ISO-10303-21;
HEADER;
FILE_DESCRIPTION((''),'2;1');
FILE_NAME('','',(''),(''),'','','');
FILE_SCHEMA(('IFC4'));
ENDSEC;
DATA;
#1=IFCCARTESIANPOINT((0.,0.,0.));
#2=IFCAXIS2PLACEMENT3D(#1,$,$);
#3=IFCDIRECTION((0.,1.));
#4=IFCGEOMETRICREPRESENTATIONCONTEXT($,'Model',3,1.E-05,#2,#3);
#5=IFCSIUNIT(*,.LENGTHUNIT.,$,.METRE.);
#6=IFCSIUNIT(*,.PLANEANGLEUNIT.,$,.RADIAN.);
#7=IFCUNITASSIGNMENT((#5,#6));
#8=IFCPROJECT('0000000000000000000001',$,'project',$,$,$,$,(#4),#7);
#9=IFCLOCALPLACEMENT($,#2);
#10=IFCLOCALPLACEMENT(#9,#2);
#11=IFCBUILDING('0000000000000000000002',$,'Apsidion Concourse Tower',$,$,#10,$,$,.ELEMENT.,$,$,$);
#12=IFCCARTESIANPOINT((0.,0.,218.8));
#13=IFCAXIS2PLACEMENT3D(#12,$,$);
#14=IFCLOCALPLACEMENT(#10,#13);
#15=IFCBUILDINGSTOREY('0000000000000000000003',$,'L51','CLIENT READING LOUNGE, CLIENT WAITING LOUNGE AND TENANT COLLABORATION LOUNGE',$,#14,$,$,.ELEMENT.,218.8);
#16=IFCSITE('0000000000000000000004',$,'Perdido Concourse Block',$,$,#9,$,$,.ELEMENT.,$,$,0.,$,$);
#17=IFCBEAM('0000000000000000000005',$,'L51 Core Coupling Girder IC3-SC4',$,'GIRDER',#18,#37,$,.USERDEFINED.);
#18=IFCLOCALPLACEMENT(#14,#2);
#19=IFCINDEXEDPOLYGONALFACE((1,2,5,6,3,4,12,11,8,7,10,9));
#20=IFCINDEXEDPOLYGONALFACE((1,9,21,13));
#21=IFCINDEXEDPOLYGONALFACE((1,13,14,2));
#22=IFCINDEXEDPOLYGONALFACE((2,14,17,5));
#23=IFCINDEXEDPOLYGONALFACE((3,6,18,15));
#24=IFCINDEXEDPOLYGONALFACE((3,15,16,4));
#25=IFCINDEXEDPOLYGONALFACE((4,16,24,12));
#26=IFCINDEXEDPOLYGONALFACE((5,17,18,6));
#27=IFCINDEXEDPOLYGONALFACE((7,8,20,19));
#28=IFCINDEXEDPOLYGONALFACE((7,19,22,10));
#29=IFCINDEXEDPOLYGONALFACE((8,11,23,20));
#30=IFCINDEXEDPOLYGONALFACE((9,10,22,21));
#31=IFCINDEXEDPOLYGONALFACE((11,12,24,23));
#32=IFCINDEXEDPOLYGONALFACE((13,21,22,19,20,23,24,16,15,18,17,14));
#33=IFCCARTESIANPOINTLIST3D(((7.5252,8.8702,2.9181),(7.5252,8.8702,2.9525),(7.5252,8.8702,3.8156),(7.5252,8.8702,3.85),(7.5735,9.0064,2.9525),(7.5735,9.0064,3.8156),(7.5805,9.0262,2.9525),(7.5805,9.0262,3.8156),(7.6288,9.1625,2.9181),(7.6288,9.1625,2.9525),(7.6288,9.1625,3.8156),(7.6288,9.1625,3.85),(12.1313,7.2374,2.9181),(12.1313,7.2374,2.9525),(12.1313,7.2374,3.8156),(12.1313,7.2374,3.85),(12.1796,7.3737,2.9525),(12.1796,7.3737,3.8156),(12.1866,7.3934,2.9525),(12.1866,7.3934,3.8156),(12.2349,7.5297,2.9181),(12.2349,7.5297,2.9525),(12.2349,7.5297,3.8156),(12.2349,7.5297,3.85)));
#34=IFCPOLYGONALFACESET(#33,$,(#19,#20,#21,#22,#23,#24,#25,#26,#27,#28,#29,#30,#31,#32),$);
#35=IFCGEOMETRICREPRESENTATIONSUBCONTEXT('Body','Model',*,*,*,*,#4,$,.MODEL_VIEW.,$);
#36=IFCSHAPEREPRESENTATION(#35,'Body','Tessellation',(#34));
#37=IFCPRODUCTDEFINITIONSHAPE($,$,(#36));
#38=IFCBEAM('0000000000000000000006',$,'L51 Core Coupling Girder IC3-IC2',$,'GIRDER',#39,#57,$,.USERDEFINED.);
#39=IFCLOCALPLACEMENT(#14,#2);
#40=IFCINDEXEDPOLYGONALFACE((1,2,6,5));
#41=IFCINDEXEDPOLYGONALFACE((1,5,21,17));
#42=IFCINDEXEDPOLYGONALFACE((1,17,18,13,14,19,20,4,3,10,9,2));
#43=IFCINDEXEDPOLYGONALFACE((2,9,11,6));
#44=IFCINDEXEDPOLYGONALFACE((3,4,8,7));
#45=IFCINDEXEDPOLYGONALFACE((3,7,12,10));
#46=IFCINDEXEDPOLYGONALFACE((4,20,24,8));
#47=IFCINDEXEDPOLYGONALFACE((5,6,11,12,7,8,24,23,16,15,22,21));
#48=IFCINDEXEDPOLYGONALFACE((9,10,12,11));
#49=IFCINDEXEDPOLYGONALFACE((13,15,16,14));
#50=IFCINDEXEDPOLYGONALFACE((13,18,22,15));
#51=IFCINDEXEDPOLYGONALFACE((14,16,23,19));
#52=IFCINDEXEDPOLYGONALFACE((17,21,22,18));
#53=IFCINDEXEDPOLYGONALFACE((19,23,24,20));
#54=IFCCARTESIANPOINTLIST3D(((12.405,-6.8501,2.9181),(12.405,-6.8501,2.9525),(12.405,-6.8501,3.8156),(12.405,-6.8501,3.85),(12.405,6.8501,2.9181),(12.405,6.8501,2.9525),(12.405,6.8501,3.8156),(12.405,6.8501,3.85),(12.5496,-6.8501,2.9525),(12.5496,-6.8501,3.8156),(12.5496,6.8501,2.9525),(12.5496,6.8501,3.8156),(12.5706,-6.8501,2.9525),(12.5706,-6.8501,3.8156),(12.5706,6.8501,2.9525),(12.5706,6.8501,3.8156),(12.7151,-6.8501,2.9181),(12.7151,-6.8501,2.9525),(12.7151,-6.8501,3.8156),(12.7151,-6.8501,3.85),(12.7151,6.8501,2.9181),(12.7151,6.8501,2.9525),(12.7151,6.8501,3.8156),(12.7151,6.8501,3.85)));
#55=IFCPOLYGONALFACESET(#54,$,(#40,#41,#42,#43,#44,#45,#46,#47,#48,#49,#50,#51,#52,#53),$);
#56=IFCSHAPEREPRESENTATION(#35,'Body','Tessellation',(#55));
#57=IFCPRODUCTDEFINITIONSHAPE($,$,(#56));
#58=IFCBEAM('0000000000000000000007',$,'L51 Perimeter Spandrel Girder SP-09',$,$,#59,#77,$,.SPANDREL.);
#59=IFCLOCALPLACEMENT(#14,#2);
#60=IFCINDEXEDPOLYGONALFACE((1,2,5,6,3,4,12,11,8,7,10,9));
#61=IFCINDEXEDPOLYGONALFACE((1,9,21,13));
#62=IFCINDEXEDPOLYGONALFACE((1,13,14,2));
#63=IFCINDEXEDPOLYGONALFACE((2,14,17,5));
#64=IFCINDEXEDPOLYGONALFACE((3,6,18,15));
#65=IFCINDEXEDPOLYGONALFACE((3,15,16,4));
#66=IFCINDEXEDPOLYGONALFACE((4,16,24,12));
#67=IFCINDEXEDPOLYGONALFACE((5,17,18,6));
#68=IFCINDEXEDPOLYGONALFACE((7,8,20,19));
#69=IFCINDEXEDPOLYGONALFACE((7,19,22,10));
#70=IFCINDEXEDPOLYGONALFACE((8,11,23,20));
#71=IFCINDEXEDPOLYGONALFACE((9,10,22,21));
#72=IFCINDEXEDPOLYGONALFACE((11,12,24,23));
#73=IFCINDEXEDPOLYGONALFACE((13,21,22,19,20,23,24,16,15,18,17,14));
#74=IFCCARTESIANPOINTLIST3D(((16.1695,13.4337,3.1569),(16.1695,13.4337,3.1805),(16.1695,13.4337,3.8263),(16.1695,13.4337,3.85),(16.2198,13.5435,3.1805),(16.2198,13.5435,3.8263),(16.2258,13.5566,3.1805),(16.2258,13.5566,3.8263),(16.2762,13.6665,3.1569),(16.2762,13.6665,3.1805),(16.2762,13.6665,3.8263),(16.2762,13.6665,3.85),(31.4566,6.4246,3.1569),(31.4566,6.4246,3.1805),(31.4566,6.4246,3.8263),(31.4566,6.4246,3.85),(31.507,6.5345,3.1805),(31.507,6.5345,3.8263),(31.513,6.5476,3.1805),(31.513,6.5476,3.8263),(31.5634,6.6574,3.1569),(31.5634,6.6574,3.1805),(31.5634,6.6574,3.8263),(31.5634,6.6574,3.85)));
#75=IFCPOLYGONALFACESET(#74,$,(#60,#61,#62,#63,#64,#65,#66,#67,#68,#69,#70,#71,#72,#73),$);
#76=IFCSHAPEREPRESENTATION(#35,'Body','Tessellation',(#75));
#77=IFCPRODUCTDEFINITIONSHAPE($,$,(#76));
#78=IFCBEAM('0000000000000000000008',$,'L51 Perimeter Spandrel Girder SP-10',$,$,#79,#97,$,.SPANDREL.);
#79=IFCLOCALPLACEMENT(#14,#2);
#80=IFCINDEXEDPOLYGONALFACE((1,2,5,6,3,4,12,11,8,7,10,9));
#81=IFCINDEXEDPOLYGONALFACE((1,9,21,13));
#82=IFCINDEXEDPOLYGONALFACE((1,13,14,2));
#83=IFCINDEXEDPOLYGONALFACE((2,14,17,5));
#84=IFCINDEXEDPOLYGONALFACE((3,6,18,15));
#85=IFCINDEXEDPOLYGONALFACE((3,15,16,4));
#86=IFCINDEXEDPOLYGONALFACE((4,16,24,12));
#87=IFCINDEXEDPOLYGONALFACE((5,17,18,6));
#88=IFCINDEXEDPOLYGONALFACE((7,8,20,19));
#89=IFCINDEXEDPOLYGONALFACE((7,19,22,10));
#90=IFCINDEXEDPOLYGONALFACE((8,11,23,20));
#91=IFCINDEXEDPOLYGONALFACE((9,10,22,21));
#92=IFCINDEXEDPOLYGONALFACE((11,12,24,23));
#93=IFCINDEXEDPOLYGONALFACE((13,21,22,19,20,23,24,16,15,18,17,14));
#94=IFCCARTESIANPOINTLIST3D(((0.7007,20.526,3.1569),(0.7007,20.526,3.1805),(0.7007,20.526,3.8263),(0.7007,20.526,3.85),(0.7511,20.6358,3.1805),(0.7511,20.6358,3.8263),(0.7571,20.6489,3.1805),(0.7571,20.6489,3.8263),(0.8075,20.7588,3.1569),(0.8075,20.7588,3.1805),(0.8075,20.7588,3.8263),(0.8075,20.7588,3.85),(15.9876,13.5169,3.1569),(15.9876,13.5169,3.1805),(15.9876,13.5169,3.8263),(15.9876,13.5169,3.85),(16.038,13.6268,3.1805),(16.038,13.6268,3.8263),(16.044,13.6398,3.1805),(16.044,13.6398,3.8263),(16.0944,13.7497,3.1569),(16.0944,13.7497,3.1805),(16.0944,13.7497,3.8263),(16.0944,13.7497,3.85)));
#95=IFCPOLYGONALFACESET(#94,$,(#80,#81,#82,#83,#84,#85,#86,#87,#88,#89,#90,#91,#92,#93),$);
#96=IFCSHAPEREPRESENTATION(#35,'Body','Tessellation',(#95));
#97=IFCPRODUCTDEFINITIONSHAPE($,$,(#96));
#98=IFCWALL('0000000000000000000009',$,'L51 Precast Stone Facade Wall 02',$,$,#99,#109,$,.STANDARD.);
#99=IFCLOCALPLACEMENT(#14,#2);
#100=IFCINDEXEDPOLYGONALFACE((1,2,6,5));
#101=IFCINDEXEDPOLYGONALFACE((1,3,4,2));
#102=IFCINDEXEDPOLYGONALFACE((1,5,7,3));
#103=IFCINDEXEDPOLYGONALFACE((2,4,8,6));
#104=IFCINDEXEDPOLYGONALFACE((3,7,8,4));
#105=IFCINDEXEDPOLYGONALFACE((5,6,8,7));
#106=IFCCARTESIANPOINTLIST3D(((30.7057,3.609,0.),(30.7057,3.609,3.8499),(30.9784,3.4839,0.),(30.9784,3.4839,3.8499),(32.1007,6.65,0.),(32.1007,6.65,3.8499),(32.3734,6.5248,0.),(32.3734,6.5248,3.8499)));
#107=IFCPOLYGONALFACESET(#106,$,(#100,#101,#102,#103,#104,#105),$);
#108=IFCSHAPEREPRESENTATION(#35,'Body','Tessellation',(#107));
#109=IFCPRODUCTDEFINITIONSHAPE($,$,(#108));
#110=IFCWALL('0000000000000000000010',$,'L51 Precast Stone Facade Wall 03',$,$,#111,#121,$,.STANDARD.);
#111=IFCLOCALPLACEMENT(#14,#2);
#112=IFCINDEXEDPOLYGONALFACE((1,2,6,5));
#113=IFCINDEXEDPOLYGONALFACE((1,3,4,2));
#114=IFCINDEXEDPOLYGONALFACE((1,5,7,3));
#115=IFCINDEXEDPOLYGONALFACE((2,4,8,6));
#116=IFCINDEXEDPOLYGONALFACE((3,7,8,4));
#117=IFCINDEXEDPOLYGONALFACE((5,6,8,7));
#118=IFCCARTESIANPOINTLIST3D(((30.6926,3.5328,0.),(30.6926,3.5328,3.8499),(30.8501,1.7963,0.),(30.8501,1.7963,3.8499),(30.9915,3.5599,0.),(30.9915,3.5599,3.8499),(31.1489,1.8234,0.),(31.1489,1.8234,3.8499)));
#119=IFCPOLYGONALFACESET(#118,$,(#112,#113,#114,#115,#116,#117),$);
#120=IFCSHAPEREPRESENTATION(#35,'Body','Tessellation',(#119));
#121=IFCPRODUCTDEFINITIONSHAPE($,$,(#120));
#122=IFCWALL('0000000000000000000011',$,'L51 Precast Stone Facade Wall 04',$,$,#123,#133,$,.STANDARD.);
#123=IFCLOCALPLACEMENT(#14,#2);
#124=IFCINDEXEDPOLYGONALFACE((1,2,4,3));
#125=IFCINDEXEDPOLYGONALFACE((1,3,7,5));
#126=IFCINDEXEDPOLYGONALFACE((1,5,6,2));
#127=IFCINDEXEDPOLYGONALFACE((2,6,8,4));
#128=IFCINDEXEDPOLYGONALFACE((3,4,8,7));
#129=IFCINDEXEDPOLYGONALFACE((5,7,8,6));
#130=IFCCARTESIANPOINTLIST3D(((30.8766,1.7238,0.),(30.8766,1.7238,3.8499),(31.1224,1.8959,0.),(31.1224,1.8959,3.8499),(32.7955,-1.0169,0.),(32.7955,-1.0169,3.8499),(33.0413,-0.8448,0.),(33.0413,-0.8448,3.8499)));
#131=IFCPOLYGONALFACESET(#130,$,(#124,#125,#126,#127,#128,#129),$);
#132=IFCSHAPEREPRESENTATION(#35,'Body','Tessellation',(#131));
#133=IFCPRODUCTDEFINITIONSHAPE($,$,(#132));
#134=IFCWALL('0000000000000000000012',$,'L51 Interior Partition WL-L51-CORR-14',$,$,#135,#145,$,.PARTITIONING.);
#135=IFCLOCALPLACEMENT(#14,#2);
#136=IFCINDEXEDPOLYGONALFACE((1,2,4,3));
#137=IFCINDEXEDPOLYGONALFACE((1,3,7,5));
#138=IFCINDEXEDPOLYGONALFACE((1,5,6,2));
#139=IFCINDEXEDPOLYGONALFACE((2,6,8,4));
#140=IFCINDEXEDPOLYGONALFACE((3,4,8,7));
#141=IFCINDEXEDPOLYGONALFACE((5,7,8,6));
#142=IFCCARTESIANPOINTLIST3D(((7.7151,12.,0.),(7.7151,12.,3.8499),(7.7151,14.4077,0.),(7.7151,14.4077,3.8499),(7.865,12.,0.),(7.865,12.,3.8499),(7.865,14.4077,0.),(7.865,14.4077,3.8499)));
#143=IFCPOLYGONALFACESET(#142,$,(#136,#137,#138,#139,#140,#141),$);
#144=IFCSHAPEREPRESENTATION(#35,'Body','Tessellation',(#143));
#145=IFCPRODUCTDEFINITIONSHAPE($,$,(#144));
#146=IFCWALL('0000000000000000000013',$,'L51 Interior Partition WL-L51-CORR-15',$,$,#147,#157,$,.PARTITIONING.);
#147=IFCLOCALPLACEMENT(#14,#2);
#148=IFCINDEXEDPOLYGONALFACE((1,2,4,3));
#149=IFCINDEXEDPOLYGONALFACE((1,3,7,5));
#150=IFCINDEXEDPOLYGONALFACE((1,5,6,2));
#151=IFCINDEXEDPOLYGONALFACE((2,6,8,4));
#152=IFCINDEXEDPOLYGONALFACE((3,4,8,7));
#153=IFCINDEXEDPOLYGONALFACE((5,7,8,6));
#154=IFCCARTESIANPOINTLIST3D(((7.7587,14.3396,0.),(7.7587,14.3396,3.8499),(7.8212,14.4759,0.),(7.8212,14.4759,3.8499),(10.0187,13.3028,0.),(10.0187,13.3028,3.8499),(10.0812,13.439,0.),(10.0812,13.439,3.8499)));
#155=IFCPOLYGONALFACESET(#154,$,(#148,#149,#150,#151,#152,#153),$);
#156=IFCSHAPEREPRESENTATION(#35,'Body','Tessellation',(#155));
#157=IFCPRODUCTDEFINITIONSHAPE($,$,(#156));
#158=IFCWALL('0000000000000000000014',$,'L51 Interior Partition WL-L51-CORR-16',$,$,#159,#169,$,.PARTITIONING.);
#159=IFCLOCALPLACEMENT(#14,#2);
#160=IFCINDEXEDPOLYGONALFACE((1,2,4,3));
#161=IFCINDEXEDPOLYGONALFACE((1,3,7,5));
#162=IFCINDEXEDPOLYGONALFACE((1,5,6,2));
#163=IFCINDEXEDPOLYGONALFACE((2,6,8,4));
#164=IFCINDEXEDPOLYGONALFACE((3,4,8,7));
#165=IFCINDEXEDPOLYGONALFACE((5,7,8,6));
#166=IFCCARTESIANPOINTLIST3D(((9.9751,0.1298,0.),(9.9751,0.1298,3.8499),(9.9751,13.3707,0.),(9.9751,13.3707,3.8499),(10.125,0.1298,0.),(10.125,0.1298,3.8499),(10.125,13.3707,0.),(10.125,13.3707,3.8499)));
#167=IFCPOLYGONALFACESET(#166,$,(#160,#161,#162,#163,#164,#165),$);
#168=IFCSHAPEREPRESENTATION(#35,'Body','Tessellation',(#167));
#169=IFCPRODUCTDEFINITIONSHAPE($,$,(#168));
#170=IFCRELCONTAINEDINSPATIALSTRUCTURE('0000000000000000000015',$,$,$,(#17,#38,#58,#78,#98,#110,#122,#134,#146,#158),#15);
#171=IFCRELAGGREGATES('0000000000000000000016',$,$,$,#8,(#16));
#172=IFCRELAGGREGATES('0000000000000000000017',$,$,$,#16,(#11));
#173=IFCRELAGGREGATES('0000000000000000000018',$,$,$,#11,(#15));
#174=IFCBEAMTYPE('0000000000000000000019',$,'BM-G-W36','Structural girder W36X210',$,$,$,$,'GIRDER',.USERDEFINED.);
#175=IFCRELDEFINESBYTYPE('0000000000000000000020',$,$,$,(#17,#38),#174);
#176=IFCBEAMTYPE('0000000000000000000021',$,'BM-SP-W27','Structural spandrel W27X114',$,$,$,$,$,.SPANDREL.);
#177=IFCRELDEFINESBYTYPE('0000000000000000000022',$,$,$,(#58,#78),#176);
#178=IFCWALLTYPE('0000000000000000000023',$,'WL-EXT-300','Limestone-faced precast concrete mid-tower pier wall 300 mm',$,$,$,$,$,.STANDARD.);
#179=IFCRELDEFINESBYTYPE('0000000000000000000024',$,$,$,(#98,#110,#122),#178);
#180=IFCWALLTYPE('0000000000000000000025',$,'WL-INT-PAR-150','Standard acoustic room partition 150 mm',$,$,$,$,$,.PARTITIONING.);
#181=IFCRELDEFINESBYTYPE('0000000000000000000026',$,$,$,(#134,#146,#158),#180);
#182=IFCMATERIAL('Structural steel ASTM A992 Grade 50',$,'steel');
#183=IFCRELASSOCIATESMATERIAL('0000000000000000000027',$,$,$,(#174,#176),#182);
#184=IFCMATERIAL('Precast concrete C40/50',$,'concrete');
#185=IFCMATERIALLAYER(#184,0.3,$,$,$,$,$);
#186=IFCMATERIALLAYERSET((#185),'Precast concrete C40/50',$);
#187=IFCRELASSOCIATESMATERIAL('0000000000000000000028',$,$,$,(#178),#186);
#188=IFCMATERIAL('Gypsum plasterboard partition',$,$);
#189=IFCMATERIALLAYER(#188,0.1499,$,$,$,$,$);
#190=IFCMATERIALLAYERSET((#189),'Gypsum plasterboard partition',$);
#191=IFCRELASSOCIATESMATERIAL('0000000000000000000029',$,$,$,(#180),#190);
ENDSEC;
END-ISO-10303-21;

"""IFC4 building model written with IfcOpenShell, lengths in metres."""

from ifc_helpers import new_model, si_unit, direction, frame, frame_2d, origin, origin_2d, place, context, subcontext, project, spatial, rectangle, i_section, extrude, material, layer, layer_set, material_profile, profile_set, type_object, element, save


model = new_model("IFC4")

# Units and contexts
model_context = context("Model", 3, precision=1e-05, world=origin(), true_north=direction((0.0, 1.0)))
body_context = subcontext(model_context, "Body", "Model", "MODEL_VIEW")
ifc_project = project(units=[si_unit("LENGTHUNIT", "METRE"), si_unit("PLANEANGLEUNIT", "RADIAN")], contexts=[model_context])

# Site, building, storey
site_placement = place(None, origin())
site = spatial("IfcSite", under=ifc_project, at=site_placement, Name="Perdido Concourse Block", CompositionType="ELEMENT", RefElevation=0.0)
building_placement = place(site_placement, origin())
building = spatial("IfcBuilding", under=site, at=building_placement, Name="Apsidion Concourse Tower", CompositionType="ELEMENT")
storey_placement = place(building_placement, frame((0.0, 0.0, 218.8)))
storey = spatial("IfcBuildingStorey", under=building, at=storey_placement, Name="L51", Description="CLIENT READING LOUNGE, CLIENT WAITING LOUNGE AND TENANT COLLABORATION LOUNGE", CompositionType="ELEMENT", Elevation=218.8)

# Shared definitions
ifc_material_1 = material(Name="Structural steel ASTM A992 Grade 50", Category="steel")

# Beams
ifc_material_profile_1 = material_profile(ifc_material_1, i_section(OverallWidth=0.3101, OverallDepth=0.9319, WebThickness=0.021, FlangeThickness=0.0344, at=origin_2d()), Name="W36X210")
ifc_profile_set_1 = profile_set([ifc_material_profile_1], Name="Structural steel ASTM A992 Grade 50")
beam_type_1 = type_object("IfcBeamType", Name="BM-G-W36", Description="Structural girder W36X210", ElementType="GIRDER", PredefinedType="USERDEFINED", material=ifc_profile_set_1)
beam_1_placement = place(storey_placement, frame((12.1831, 7.3835, 3.384), z_axis=(-0.942534, 0.334111, 0.0), x_axis=(-0.334111, -0.942534, 0.0)))
element("IfcBeam", 1, at=beam_1_placement, inside=storey, type_object=beam_type_1, Name="L51 Core Coupling Girder IC3-SC4", ObjectType="GIRDER", PredefinedType="USERDEFINED", context=body_context, shape_type="SweptSolid", body=[
    extrude(i_section(OverallWidth=0.3101, OverallDepth=0.9319, WebThickness=0.021, FlangeThickness=0.0344, at=origin_2d()), origin(), (0.0, 0.0, 1.0), 4.887),
])
beam_2_placement = place(storey_placement, frame((12.5601, 6.8501, 3.384), z_axis=(0.0, -1.0, 0.0), x_axis=(1.0, 0.0, 0.0)))
element("IfcBeam", 2, at=beam_2_placement, inside=storey, type_object=beam_type_1, Name="L51 Core Coupling Girder IC3-IC2", ObjectType="GIRDER", PredefinedType="USERDEFINED", context=body_context, shape_type="SweptSolid", body=[
    extrude(i_section(OverallWidth=0.3101, OverallDepth=0.9319, WebThickness=0.021, FlangeThickness=0.0344, at=origin_2d()), origin(), (0.0, 0.0, 1.0), 13.7002),
])
ifc_material_profile_2 = material_profile(ifc_material_1, i_section(OverallWidth=0.2561, OverallDepth=0.6931, WebThickness=0.0144, FlangeThickness=0.0237, at=origin_2d()), Name="W27X114")
ifc_profile_set_2 = profile_set([ifc_material_profile_2], Name="Structural steel ASTM A992 Grade 50")
beam_type_2 = type_object("IfcBeamType", Name="BM-SP-W27", Description="Structural spandrel W27X114", PredefinedType="SPANDREL", material=ifc_profile_set_2)
beam_3_placement = place(storey_placement, frame((31.51, 6.541, 3.5034), z_axis=(-0.90901, 0.416775, 0.0), x_axis=(-0.416775, -0.90901, 0.0)))
element("IfcBeam", 3, at=beam_3_placement, inside=storey, type_object=beam_type_2, Name="L51 Perimeter Spandrel Girder SP-09", PredefinedType="SPANDREL", context=body_context, shape_type="SweptSolid", body=[
    extrude(i_section(OverallWidth=0.2561, OverallDepth=0.6931, WebThickness=0.0144, FlangeThickness=0.0237, at=origin_2d()), origin(), (0.0, 0.0, 1.0), 16.8174),
])
beam_4_placement = place(storey_placement, frame((16.041, 13.6333, 3.5034), z_axis=(-0.909007, 0.41678, 0.0), x_axis=(-0.41678, -0.909007, 0.0)))
element("IfcBeam", 4, at=beam_4_placement, inside=storey, type_object=beam_type_2, Name="L51 Perimeter Spandrel Girder SP-10", PredefinedType="SPANDREL", context=body_context, shape_type="SweptSolid", body=[
    extrude(i_section(OverallWidth=0.2561, OverallDepth=0.6931, WebThickness=0.0144, FlangeThickness=0.0237, at=origin_2d()), origin(), (0.0, 0.0, 1.0), 16.8171),
])

# Walls
ifc_material_2 = material(Name="Precast concrete C40/50", Category="concrete")
ifc_layer_1 = layer(ifc_material_2, 0.3)
ifc_layer_set_1 = layer_set([ifc_layer_1], Name="Precast concrete C40/50")
wall_type_1 = type_object("IfcWallType", Name="WL-EXT-300", Description="Limestone-faced precast concrete mid-tower pier wall 300 mm", PredefinedType="STANDARD", material=ifc_layer_set_1)
wall_1_placement = place(storey_placement, frame((32.2371, 6.5874, 0.0), z_axis=(0.0, 0.0, 1.0), x_axis=(-0.416956, -0.908927, 0.0)))
element("IfcWall", 5, at=wall_1_placement, inside=storey, type_object=wall_type_1, Name="L51 Precast Stone Facade Wall 02", PredefinedType="STANDARD", context=body_context, shape_type="SweptSolid", body=[
    extrude(rectangle(XDim=3.3457, YDim=0.3, at=frame_2d((1.6729, 0.0))), origin(), (0.0, 0.0, 1.0), 3.8499),
])
wall_2_placement = place(storey_placement, frame((30.842, 3.5464, 0.0), z_axis=(0.0, 0.0, 1.0), x_axis=(0.090309, -0.995914, 0.0)))
element("IfcWall", 6, at=wall_2_placement, inside=storey, type_object=wall_type_1, Name="L51 Precast Stone Facade Wall 03", PredefinedType="STANDARD", context=body_context, shape_type="SweptSolid", body=[
    extrude(rectangle(XDim=1.7437, YDim=0.3, at=frame_2d((0.8718, 0.0))), origin(), (0.0, 0.0, 1.0), 3.8499),
])
wall_3_placement = place(storey_placement, frame((30.9995, 1.8098, 0.0), z_axis=(0.0, 0.0, 1.0), x_axis=(0.57355, -0.81917, 0.0)))
element("IfcWall", 7, at=wall_3_placement, inside=storey, type_object=wall_type_1, Name="L51 Precast Stone Facade Wall 04", PredefinedType="STANDARD", context=body_context, shape_type="SweptSolid", body=[
    extrude(rectangle(XDim=3.3457, YDim=0.3, at=frame_2d((1.6729, 0.0))), origin(), (0.0, 0.0, 1.0), 3.8499),
])
ifc_material_3 = material(Name="Gypsum plasterboard partition")
ifc_layer_2 = layer(ifc_material_3, 0.1499)
ifc_layer_set_2 = layer_set([ifc_layer_2], Name="Gypsum plasterboard partition")
wall_type_2 = type_object("IfcWallType", Name="WL-INT-PAR-150", Description="Standard acoustic room partition 150 mm", PredefinedType="PARTITIONING", material=ifc_layer_set_2)
wall_4_placement = place(storey_placement, frame((7.79, 12.0, 0.0), z_axis=(0.0, 0.0, 1.0), x_axis=(0.0, 1.0, 0.0)))
element("IfcWall", 8, at=wall_4_placement, inside=storey, type_object=wall_type_2, Name="L51 Interior Partition WL-L51-CORR-14", PredefinedType="PARTITIONING", context=body_context, shape_type="SweptSolid", body=[
    extrude(rectangle(XDim=2.4077, YDim=0.1499, at=frame_2d((1.2039, 0.0))), origin(), (0.0, 0.0, 1.0), 3.8499),
])
wall_5_placement = place(storey_placement, frame((7.79, 14.4077, 0.0), z_axis=(0.0, 0.0, 1.0), x_axis=(0.908908, -0.416996, 0.0)))
element("IfcWall", 9, at=wall_5_placement, inside=storey, type_object=wall_type_2, Name="L51 Interior Partition WL-L51-CORR-15", PredefinedType="PARTITIONING", context=body_context, shape_type="SweptSolid", body=[
    extrude(rectangle(XDim=2.4866, YDim=0.1499, at=frame_2d((1.2432, 0.0))), origin(), (0.0, 0.0, 1.0), 3.8499),
])
wall_6_placement = place(storey_placement, frame((10.05, 13.3708, 0.0), z_axis=(0.0, 0.0, 1.0), x_axis=(0.0, -1.0, 0.0)))
element("IfcWall", 10, at=wall_6_placement, inside=storey, type_object=wall_type_2, Name="L51 Interior Partition WL-L51-CORR-16", PredefinedType="PARTITIONING", context=body_context, shape_type="SweptSolid", body=[
    extrude(rectangle(XDim=13.241, YDim=0.1499, at=frame_2d((6.6206, 0.0))), origin(), (0.0, 0.0, 1.0), 3.8499),
])

save(model, "model.ifc")
